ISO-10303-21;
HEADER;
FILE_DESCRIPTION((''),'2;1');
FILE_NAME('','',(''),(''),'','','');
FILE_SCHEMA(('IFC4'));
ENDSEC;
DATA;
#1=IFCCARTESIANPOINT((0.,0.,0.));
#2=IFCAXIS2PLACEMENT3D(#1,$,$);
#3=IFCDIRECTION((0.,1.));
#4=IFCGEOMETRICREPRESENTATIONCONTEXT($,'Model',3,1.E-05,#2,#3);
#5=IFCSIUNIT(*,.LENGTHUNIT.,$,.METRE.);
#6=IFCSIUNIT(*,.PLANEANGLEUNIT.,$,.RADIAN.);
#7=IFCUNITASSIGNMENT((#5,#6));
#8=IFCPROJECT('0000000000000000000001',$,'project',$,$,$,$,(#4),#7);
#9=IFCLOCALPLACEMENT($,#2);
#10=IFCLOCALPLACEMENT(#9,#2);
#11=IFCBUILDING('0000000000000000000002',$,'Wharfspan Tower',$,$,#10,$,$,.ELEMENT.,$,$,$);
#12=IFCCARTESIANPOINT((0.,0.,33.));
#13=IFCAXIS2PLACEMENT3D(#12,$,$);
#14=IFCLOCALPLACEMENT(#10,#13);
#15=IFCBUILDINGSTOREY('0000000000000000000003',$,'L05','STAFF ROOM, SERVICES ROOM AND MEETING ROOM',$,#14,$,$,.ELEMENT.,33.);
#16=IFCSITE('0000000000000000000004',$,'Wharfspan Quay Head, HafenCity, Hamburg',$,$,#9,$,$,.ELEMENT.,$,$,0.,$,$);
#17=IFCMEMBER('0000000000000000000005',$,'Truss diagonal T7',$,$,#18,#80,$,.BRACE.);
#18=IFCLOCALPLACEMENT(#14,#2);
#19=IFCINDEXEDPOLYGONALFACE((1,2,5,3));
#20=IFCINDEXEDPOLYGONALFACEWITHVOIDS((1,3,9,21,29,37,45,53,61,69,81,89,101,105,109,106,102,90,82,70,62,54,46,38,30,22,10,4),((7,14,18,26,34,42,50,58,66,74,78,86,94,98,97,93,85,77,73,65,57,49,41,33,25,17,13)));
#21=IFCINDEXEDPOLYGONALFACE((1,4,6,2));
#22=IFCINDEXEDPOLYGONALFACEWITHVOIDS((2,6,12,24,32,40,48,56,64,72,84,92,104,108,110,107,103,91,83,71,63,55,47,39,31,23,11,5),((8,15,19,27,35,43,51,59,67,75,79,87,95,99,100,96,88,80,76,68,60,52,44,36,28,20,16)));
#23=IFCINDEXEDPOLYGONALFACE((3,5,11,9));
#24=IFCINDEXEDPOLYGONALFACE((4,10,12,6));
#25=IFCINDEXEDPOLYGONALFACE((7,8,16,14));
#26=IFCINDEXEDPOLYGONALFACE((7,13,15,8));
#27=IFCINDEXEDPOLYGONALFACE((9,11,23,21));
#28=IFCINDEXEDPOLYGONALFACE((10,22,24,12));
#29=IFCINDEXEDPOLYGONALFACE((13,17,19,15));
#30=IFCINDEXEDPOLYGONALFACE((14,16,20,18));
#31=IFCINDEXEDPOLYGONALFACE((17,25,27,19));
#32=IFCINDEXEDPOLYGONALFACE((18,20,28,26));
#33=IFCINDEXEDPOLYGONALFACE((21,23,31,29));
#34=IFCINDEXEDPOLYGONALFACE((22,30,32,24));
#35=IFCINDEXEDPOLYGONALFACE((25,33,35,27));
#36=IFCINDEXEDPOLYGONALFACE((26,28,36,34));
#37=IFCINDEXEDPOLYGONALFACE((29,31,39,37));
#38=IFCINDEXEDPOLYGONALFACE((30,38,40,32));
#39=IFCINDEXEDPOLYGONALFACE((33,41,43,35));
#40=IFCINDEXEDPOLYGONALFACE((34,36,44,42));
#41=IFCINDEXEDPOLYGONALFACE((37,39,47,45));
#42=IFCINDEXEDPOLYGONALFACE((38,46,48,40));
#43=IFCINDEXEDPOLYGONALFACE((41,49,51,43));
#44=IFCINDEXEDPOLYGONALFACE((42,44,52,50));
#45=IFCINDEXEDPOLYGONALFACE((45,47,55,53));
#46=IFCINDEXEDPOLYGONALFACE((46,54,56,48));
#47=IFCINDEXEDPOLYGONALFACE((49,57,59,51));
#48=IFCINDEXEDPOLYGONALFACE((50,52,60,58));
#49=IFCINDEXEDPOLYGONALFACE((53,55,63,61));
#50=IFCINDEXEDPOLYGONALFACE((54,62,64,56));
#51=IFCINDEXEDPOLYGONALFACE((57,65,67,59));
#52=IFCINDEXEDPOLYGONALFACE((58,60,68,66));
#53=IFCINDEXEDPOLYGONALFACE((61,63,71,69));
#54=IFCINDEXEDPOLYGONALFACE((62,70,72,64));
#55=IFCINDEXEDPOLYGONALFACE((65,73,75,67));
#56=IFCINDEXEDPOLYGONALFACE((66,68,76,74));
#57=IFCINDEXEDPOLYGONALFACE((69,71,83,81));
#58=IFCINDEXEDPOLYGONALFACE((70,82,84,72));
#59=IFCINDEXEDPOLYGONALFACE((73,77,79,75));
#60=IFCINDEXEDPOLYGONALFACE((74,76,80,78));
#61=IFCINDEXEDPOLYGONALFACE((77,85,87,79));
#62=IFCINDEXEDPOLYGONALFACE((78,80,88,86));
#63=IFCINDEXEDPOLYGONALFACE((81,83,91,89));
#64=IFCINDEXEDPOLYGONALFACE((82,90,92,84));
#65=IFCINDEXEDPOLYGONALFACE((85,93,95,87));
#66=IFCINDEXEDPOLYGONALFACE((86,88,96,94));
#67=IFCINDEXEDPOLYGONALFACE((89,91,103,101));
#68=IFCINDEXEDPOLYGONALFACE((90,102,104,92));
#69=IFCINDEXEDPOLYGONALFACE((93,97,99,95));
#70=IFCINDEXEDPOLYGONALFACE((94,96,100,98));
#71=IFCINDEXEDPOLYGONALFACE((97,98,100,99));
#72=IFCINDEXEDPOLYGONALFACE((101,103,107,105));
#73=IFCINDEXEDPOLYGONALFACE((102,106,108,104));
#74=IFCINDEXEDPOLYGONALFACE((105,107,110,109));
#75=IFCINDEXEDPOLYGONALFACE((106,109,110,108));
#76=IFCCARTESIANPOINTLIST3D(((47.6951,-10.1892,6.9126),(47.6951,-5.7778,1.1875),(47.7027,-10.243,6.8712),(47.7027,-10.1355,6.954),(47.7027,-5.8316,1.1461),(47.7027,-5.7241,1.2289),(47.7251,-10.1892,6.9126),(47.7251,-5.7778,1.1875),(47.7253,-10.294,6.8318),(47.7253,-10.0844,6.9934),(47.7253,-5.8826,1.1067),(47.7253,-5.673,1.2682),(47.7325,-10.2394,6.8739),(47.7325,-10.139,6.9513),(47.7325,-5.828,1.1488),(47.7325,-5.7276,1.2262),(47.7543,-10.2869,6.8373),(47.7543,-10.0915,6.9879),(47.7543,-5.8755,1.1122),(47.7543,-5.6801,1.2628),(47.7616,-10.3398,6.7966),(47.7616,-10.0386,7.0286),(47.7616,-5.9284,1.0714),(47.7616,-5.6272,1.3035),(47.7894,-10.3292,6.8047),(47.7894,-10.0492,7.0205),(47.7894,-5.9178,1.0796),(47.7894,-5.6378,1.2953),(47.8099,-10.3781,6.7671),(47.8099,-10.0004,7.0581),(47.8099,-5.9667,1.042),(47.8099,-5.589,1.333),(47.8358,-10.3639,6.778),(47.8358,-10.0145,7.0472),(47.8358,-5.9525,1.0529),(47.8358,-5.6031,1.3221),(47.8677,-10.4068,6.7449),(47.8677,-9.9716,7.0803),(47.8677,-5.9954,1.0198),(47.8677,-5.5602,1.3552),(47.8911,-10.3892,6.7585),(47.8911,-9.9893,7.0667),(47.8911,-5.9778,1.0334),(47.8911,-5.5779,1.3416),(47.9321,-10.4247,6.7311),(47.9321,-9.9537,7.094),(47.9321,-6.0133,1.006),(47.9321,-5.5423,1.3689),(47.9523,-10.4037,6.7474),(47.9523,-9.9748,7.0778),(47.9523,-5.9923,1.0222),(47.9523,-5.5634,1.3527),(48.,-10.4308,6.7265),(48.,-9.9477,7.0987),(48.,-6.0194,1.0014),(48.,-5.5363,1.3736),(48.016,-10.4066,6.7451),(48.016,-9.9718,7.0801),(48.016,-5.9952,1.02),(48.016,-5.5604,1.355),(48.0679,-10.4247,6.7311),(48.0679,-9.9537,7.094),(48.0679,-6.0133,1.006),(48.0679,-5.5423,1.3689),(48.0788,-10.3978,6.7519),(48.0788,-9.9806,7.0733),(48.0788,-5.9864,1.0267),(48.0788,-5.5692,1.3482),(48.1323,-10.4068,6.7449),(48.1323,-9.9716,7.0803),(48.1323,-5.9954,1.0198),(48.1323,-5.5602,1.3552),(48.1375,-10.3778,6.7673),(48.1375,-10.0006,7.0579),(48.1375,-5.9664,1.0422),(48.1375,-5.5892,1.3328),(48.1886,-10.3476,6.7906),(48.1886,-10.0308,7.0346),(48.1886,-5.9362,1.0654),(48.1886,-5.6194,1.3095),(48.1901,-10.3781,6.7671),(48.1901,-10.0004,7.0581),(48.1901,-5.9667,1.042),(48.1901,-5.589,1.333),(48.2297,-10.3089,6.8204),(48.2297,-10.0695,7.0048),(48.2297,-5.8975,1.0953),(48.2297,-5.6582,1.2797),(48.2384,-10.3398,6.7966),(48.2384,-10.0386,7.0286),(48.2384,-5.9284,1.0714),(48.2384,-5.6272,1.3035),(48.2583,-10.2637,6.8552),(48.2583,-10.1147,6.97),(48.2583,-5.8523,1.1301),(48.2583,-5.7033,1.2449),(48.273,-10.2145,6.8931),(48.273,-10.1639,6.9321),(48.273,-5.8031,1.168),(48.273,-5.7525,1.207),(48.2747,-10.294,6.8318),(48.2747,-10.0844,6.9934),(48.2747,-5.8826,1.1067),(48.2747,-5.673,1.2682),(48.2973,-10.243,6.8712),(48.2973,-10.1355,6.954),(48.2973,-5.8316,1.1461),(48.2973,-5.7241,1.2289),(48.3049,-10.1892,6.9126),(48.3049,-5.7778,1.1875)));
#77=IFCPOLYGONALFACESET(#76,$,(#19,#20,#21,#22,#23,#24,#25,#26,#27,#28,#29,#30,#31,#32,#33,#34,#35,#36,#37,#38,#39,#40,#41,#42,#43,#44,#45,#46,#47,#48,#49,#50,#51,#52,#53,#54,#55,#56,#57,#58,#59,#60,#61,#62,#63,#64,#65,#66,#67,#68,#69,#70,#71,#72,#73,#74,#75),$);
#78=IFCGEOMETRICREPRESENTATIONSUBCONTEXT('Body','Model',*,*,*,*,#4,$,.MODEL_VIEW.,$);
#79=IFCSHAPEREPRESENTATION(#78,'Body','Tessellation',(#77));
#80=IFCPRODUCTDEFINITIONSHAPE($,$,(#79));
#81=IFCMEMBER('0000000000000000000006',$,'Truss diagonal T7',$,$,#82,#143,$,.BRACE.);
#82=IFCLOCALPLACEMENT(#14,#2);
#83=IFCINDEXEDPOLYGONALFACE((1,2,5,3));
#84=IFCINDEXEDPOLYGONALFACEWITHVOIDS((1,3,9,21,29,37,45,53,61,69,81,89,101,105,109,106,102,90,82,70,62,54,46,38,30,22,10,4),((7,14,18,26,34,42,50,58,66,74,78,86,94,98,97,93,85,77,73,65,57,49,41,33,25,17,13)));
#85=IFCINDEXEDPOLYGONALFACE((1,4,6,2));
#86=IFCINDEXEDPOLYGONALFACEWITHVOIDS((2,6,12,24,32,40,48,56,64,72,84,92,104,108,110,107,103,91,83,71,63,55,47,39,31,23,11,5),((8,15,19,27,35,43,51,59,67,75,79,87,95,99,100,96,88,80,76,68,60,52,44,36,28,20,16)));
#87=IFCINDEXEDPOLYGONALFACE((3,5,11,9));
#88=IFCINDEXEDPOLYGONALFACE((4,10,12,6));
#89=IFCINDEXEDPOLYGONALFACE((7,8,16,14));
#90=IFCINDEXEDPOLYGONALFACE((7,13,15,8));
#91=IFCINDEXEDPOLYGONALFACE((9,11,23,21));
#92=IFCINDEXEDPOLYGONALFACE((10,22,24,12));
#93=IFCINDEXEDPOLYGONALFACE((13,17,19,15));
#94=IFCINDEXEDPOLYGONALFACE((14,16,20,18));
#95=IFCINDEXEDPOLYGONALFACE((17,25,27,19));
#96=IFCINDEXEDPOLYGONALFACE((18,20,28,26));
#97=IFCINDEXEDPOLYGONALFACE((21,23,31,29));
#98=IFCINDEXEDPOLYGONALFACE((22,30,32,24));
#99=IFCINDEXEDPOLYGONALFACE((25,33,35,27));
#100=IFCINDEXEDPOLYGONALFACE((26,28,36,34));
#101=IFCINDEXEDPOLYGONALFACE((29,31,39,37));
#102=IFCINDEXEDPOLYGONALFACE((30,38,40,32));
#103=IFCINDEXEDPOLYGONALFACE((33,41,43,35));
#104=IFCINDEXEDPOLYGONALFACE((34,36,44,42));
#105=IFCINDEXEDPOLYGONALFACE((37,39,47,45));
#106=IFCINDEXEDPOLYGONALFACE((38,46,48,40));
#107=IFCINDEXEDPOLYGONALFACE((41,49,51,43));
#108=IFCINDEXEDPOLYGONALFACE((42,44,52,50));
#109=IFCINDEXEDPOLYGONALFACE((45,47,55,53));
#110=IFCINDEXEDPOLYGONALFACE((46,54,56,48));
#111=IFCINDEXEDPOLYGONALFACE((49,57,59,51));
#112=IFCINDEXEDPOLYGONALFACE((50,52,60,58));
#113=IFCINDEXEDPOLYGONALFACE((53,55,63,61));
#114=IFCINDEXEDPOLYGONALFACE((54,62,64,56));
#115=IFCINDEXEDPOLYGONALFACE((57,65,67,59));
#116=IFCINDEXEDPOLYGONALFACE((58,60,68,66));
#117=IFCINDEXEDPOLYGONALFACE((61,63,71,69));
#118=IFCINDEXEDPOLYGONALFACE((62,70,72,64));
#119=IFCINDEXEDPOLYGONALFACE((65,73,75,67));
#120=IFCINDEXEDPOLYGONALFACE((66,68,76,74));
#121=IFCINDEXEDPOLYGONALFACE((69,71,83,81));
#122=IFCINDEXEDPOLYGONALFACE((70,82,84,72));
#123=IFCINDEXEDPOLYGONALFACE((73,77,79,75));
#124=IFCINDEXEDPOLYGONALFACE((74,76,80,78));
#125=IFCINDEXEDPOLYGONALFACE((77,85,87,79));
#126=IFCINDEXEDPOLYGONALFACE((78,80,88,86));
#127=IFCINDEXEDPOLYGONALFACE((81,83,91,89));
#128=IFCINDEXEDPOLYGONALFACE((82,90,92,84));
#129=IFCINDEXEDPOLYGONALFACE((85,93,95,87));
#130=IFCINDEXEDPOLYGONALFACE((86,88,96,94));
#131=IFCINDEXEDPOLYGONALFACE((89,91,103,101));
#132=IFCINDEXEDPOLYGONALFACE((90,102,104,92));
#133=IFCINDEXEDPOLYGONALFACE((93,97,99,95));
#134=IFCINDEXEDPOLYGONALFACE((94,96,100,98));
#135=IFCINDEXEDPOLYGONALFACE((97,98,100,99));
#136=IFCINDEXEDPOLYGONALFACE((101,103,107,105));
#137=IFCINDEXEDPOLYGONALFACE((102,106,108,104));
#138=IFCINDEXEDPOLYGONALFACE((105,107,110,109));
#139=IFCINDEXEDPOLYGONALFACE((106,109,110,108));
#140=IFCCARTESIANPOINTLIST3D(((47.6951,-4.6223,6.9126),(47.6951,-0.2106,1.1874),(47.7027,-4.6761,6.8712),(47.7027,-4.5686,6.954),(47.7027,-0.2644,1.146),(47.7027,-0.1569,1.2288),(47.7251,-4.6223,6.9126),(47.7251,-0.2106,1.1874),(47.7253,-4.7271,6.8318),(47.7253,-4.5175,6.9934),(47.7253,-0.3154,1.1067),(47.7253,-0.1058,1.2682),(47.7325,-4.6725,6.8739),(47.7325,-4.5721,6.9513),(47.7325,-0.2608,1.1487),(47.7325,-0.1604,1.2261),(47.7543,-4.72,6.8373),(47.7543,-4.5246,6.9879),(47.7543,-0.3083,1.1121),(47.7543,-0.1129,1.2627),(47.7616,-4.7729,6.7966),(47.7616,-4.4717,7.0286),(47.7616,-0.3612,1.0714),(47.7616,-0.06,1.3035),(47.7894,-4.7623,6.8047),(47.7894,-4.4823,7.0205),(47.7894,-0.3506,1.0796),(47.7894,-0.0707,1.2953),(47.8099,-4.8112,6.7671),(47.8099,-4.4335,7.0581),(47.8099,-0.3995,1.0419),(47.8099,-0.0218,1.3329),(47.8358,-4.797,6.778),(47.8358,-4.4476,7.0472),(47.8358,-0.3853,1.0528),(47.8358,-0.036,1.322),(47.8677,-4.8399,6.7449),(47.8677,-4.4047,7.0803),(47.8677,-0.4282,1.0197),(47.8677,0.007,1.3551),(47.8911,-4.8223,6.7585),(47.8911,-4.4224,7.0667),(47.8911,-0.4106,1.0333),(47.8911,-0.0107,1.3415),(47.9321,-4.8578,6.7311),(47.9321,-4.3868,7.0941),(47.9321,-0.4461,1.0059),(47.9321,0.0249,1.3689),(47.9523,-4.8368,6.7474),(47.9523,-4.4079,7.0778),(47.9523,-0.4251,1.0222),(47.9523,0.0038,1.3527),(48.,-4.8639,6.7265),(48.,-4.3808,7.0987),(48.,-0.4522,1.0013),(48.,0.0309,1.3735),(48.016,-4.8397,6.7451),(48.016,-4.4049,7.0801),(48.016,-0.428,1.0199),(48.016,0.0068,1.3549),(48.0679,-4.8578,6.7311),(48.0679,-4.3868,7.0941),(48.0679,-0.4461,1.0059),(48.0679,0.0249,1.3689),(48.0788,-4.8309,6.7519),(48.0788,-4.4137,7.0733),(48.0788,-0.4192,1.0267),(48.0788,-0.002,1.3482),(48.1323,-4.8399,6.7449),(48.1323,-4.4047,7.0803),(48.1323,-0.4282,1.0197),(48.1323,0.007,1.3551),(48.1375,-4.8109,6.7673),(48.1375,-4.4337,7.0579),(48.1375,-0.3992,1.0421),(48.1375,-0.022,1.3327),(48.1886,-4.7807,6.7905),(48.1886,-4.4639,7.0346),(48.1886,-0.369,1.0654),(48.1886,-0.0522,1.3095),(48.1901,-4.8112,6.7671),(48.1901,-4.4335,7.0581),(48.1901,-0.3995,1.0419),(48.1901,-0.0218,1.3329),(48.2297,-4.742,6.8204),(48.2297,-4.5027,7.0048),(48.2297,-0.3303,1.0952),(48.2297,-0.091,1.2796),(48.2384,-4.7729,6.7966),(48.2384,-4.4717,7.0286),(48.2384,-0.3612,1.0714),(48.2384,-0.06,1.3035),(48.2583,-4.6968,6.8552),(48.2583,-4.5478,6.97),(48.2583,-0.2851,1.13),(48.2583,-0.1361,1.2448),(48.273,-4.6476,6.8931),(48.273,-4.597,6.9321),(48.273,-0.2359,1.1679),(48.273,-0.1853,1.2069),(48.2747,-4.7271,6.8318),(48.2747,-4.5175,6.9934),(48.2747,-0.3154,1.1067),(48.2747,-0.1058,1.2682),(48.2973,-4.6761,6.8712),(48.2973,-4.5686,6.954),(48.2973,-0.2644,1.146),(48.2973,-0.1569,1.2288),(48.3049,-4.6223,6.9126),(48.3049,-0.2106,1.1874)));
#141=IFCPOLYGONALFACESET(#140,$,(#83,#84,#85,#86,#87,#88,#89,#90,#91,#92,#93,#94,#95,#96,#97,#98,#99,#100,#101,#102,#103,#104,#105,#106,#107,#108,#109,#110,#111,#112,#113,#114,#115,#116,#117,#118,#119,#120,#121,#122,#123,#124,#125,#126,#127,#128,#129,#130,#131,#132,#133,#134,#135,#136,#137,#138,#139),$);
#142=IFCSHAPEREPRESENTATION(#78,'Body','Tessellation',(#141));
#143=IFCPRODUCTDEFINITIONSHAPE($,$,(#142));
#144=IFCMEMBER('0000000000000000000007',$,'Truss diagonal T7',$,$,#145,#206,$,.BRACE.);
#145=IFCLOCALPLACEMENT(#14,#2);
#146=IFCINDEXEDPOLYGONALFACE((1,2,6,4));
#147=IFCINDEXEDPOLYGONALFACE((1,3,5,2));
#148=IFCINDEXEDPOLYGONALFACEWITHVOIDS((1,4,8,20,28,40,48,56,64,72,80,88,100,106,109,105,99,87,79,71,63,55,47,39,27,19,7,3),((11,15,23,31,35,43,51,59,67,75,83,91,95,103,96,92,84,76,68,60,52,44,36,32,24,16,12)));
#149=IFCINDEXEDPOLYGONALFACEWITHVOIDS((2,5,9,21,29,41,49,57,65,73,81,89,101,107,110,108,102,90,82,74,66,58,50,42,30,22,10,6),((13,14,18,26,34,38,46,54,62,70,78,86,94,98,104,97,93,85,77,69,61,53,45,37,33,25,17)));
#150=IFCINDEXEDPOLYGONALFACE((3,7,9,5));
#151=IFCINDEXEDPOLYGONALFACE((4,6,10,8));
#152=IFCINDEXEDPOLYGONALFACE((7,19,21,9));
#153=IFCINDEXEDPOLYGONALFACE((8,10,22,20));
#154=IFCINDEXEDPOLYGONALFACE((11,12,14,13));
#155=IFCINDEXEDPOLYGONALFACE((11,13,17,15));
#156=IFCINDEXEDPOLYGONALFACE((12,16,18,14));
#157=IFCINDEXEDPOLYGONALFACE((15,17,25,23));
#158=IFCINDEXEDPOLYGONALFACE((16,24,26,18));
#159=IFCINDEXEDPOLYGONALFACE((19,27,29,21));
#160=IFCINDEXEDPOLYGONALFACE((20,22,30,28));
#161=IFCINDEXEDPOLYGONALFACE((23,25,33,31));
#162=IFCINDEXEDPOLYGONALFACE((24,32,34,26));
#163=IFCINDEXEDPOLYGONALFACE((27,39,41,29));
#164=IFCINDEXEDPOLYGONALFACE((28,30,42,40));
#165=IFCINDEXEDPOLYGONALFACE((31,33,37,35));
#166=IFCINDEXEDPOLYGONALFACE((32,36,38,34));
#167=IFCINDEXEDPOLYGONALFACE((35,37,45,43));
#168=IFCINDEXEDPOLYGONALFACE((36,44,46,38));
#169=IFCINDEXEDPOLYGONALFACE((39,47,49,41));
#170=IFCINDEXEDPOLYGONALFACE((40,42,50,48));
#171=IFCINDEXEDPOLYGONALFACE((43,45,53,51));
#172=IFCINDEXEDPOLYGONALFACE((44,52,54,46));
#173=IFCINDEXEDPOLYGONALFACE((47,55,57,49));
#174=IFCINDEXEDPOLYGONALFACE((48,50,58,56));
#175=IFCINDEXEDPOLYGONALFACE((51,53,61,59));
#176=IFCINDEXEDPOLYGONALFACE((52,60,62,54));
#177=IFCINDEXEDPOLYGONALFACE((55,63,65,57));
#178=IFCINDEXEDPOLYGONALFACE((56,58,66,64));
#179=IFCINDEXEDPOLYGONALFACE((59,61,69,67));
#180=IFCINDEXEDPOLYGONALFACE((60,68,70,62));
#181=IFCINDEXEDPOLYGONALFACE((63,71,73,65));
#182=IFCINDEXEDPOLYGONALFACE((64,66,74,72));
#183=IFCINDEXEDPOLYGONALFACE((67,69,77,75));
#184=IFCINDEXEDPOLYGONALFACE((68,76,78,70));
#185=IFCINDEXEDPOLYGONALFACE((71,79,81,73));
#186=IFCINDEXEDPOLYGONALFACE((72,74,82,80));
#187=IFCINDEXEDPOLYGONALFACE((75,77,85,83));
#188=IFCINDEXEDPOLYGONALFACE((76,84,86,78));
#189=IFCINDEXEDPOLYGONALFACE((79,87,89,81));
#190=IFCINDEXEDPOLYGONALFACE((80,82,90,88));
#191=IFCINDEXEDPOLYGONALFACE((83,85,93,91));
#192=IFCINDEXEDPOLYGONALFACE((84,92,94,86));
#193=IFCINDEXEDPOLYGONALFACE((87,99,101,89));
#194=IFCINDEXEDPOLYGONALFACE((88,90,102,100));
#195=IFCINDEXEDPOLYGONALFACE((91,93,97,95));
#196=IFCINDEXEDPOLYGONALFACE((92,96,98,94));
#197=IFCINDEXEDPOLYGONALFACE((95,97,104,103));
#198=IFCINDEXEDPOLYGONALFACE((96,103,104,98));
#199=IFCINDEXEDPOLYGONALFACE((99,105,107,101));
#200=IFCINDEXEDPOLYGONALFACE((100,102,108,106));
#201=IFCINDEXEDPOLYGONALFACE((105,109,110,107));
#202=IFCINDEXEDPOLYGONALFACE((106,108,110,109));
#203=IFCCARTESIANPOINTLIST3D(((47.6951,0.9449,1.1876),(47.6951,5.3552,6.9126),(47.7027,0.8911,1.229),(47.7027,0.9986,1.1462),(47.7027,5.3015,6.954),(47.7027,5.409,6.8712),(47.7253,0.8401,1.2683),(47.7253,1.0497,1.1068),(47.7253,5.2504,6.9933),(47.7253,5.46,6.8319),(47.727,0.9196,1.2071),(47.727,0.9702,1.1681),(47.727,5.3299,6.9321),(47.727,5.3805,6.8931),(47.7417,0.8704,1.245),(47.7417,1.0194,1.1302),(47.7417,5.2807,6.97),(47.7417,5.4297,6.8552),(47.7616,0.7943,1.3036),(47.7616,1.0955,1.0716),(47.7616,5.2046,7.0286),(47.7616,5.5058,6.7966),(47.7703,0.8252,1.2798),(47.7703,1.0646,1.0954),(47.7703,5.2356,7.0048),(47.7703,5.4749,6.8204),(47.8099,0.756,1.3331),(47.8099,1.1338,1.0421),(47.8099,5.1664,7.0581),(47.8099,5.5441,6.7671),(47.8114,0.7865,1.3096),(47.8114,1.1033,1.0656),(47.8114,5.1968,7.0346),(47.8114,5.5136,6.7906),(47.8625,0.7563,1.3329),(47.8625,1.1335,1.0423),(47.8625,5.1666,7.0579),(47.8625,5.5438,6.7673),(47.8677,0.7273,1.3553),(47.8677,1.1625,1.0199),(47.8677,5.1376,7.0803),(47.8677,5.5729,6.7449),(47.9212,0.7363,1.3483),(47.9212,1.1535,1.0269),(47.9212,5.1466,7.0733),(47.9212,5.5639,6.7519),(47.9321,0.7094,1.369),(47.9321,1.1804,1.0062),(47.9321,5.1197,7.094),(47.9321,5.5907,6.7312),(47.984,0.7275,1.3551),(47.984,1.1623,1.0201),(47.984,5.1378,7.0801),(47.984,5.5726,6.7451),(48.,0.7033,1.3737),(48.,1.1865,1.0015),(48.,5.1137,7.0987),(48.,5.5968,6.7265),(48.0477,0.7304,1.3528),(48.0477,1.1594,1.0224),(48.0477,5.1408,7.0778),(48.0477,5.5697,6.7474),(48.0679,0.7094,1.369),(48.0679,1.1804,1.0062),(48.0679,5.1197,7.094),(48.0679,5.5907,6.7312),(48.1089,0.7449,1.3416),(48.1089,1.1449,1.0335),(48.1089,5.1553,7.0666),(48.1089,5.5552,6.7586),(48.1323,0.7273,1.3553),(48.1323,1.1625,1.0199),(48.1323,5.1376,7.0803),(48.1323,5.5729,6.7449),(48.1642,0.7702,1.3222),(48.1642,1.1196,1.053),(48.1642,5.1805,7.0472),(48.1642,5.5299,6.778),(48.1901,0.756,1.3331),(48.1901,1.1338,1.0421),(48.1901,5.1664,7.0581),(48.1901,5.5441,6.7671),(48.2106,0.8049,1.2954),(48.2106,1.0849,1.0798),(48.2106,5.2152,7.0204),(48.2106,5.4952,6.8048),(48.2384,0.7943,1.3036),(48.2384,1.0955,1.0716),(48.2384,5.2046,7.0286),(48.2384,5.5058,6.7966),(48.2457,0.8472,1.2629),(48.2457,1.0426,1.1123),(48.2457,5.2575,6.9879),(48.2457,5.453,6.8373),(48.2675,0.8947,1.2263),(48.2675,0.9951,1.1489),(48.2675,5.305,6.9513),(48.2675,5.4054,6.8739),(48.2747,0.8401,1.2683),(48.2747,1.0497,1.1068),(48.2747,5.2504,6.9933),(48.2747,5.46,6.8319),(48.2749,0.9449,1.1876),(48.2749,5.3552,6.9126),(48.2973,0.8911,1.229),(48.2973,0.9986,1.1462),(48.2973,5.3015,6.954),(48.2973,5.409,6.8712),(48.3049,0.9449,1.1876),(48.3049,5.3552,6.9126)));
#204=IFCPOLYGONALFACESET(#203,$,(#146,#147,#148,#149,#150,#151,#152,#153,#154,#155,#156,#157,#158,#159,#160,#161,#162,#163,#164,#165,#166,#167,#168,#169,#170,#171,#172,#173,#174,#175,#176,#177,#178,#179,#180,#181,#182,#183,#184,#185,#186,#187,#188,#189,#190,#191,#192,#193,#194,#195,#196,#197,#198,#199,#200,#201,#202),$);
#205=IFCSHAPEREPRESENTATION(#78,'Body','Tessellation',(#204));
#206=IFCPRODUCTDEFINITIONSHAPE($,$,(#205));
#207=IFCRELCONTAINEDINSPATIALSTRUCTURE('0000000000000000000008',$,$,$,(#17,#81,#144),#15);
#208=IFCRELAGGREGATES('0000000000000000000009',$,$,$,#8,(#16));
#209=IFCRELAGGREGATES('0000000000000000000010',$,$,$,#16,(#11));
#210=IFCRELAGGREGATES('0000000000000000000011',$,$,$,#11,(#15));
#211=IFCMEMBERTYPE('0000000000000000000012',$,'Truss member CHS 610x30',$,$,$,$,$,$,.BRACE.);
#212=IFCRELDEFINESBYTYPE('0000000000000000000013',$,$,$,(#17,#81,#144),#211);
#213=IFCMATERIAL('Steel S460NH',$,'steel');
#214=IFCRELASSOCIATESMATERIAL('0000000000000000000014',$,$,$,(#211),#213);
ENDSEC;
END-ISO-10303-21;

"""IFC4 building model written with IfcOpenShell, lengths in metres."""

from ifc_helpers import new_model, si_unit, direction, frame, origin, origin_2d, place, context, subcontext, project, spatial, hollow_circle, extrude, material, material_profile, profile_set, type_object, element, save


model = new_model("IFC4")

# Units and contexts
model_context = context("Model", 3, precision=1e-05, world=origin(), true_north=direction((0.0, 1.0)))
body_context = subcontext(model_context, "Body", "Model", "MODEL_VIEW")
ifc_project = project(units=[si_unit("LENGTHUNIT", "METRE"), si_unit("PLANEANGLEUNIT", "RADIAN")], contexts=[model_context])

# Site, building, storey
site_placement = place(None, origin())
site = spatial("IfcSite", under=ifc_project, at=site_placement, Name="Wharfspan Quay Head, HafenCity, Hamburg", CompositionType="ELEMENT", RefElevation=0.0)
building_placement = place(site_placement, origin())
building = spatial("IfcBuilding", under=site, at=building_placement, Name="Wharfspan Tower", CompositionType="ELEMENT")
storey_placement = place(building_placement, frame((0.0, 0.0, 33.0)))
storey = spatial("IfcBuildingStorey", under=building, at=storey_placement, Name="L05", Description="STAFF ROOM, SERVICES ROOM AND MEETING ROOM", CompositionType="ELEMENT", Elevation=33.0)

# Members
ifc_material_1 = material(Name="Steel S460NH", Category="steel")
ifc_material_profile_1 = material_profile(ifc_material_1, hollow_circle(Radius=0.3049, WallThickness=0.03, at=origin_2d()))
ifc_profile_set_1 = profile_set([ifc_material_profile_1], Name="Steel S460NH")
member_type_1 = type_object("IfcMemberType", Name="Truss member CHS 610x30", PredefinedType="BRACE", material=ifc_profile_set_1)
member_1_placement = place(storey_placement, frame((48.0, -10.1892, 6.9126), z_axis=(0.0, 0.610359, -0.792125), x_axis=(-1.0, 0.0, 0.0)))
element("IfcMember", 1, at=member_1_placement, inside=storey, type_object=member_type_1, Name="Truss diagonal T7", PredefinedType="BRACE", context=body_context, shape_type="SweptSolid", body=[
    extrude(hollow_circle(Radius=0.3049, WallThickness=0.03, at=origin_2d()), origin(), (0.0, 0.0, 1.0), 7.2275),
])
member_2_placement = place(storey_placement, frame((48.0, -4.6223, 6.9126), z_axis=(0.0, 0.61038, -0.792109), x_axis=(-1.0, 0.0, 0.0)))
element("IfcMember", 2, at=member_2_placement, inside=storey, type_object=member_type_1, Name="Truss diagonal T7", PredefinedType="BRACE", context=body_context, shape_type="SweptSolid", body=[
    extrude(hollow_circle(Radius=0.3049, WallThickness=0.03, at=origin_2d()), origin(), (0.0, 0.0, 1.0), 7.2278),
])
member_3_placement = place(storey_placement, frame((48.0, 5.3552, 6.9126), z_axis=(0.0, -0.610274, -0.792191), x_axis=(1.0, 0.0, 0.0)))
element("IfcMember", 3, at=member_3_placement, inside=storey, type_object=member_type_1, Name="Truss diagonal T7", PredefinedType="BRACE", context=body_context, shape_type="SweptSolid", body=[
    extrude(hollow_circle(Radius=0.3049, WallThickness=0.03, at=origin_2d()), origin(), (0.0, 0.0, 1.0), 7.2268),
])

save(model, "model.ifc")
